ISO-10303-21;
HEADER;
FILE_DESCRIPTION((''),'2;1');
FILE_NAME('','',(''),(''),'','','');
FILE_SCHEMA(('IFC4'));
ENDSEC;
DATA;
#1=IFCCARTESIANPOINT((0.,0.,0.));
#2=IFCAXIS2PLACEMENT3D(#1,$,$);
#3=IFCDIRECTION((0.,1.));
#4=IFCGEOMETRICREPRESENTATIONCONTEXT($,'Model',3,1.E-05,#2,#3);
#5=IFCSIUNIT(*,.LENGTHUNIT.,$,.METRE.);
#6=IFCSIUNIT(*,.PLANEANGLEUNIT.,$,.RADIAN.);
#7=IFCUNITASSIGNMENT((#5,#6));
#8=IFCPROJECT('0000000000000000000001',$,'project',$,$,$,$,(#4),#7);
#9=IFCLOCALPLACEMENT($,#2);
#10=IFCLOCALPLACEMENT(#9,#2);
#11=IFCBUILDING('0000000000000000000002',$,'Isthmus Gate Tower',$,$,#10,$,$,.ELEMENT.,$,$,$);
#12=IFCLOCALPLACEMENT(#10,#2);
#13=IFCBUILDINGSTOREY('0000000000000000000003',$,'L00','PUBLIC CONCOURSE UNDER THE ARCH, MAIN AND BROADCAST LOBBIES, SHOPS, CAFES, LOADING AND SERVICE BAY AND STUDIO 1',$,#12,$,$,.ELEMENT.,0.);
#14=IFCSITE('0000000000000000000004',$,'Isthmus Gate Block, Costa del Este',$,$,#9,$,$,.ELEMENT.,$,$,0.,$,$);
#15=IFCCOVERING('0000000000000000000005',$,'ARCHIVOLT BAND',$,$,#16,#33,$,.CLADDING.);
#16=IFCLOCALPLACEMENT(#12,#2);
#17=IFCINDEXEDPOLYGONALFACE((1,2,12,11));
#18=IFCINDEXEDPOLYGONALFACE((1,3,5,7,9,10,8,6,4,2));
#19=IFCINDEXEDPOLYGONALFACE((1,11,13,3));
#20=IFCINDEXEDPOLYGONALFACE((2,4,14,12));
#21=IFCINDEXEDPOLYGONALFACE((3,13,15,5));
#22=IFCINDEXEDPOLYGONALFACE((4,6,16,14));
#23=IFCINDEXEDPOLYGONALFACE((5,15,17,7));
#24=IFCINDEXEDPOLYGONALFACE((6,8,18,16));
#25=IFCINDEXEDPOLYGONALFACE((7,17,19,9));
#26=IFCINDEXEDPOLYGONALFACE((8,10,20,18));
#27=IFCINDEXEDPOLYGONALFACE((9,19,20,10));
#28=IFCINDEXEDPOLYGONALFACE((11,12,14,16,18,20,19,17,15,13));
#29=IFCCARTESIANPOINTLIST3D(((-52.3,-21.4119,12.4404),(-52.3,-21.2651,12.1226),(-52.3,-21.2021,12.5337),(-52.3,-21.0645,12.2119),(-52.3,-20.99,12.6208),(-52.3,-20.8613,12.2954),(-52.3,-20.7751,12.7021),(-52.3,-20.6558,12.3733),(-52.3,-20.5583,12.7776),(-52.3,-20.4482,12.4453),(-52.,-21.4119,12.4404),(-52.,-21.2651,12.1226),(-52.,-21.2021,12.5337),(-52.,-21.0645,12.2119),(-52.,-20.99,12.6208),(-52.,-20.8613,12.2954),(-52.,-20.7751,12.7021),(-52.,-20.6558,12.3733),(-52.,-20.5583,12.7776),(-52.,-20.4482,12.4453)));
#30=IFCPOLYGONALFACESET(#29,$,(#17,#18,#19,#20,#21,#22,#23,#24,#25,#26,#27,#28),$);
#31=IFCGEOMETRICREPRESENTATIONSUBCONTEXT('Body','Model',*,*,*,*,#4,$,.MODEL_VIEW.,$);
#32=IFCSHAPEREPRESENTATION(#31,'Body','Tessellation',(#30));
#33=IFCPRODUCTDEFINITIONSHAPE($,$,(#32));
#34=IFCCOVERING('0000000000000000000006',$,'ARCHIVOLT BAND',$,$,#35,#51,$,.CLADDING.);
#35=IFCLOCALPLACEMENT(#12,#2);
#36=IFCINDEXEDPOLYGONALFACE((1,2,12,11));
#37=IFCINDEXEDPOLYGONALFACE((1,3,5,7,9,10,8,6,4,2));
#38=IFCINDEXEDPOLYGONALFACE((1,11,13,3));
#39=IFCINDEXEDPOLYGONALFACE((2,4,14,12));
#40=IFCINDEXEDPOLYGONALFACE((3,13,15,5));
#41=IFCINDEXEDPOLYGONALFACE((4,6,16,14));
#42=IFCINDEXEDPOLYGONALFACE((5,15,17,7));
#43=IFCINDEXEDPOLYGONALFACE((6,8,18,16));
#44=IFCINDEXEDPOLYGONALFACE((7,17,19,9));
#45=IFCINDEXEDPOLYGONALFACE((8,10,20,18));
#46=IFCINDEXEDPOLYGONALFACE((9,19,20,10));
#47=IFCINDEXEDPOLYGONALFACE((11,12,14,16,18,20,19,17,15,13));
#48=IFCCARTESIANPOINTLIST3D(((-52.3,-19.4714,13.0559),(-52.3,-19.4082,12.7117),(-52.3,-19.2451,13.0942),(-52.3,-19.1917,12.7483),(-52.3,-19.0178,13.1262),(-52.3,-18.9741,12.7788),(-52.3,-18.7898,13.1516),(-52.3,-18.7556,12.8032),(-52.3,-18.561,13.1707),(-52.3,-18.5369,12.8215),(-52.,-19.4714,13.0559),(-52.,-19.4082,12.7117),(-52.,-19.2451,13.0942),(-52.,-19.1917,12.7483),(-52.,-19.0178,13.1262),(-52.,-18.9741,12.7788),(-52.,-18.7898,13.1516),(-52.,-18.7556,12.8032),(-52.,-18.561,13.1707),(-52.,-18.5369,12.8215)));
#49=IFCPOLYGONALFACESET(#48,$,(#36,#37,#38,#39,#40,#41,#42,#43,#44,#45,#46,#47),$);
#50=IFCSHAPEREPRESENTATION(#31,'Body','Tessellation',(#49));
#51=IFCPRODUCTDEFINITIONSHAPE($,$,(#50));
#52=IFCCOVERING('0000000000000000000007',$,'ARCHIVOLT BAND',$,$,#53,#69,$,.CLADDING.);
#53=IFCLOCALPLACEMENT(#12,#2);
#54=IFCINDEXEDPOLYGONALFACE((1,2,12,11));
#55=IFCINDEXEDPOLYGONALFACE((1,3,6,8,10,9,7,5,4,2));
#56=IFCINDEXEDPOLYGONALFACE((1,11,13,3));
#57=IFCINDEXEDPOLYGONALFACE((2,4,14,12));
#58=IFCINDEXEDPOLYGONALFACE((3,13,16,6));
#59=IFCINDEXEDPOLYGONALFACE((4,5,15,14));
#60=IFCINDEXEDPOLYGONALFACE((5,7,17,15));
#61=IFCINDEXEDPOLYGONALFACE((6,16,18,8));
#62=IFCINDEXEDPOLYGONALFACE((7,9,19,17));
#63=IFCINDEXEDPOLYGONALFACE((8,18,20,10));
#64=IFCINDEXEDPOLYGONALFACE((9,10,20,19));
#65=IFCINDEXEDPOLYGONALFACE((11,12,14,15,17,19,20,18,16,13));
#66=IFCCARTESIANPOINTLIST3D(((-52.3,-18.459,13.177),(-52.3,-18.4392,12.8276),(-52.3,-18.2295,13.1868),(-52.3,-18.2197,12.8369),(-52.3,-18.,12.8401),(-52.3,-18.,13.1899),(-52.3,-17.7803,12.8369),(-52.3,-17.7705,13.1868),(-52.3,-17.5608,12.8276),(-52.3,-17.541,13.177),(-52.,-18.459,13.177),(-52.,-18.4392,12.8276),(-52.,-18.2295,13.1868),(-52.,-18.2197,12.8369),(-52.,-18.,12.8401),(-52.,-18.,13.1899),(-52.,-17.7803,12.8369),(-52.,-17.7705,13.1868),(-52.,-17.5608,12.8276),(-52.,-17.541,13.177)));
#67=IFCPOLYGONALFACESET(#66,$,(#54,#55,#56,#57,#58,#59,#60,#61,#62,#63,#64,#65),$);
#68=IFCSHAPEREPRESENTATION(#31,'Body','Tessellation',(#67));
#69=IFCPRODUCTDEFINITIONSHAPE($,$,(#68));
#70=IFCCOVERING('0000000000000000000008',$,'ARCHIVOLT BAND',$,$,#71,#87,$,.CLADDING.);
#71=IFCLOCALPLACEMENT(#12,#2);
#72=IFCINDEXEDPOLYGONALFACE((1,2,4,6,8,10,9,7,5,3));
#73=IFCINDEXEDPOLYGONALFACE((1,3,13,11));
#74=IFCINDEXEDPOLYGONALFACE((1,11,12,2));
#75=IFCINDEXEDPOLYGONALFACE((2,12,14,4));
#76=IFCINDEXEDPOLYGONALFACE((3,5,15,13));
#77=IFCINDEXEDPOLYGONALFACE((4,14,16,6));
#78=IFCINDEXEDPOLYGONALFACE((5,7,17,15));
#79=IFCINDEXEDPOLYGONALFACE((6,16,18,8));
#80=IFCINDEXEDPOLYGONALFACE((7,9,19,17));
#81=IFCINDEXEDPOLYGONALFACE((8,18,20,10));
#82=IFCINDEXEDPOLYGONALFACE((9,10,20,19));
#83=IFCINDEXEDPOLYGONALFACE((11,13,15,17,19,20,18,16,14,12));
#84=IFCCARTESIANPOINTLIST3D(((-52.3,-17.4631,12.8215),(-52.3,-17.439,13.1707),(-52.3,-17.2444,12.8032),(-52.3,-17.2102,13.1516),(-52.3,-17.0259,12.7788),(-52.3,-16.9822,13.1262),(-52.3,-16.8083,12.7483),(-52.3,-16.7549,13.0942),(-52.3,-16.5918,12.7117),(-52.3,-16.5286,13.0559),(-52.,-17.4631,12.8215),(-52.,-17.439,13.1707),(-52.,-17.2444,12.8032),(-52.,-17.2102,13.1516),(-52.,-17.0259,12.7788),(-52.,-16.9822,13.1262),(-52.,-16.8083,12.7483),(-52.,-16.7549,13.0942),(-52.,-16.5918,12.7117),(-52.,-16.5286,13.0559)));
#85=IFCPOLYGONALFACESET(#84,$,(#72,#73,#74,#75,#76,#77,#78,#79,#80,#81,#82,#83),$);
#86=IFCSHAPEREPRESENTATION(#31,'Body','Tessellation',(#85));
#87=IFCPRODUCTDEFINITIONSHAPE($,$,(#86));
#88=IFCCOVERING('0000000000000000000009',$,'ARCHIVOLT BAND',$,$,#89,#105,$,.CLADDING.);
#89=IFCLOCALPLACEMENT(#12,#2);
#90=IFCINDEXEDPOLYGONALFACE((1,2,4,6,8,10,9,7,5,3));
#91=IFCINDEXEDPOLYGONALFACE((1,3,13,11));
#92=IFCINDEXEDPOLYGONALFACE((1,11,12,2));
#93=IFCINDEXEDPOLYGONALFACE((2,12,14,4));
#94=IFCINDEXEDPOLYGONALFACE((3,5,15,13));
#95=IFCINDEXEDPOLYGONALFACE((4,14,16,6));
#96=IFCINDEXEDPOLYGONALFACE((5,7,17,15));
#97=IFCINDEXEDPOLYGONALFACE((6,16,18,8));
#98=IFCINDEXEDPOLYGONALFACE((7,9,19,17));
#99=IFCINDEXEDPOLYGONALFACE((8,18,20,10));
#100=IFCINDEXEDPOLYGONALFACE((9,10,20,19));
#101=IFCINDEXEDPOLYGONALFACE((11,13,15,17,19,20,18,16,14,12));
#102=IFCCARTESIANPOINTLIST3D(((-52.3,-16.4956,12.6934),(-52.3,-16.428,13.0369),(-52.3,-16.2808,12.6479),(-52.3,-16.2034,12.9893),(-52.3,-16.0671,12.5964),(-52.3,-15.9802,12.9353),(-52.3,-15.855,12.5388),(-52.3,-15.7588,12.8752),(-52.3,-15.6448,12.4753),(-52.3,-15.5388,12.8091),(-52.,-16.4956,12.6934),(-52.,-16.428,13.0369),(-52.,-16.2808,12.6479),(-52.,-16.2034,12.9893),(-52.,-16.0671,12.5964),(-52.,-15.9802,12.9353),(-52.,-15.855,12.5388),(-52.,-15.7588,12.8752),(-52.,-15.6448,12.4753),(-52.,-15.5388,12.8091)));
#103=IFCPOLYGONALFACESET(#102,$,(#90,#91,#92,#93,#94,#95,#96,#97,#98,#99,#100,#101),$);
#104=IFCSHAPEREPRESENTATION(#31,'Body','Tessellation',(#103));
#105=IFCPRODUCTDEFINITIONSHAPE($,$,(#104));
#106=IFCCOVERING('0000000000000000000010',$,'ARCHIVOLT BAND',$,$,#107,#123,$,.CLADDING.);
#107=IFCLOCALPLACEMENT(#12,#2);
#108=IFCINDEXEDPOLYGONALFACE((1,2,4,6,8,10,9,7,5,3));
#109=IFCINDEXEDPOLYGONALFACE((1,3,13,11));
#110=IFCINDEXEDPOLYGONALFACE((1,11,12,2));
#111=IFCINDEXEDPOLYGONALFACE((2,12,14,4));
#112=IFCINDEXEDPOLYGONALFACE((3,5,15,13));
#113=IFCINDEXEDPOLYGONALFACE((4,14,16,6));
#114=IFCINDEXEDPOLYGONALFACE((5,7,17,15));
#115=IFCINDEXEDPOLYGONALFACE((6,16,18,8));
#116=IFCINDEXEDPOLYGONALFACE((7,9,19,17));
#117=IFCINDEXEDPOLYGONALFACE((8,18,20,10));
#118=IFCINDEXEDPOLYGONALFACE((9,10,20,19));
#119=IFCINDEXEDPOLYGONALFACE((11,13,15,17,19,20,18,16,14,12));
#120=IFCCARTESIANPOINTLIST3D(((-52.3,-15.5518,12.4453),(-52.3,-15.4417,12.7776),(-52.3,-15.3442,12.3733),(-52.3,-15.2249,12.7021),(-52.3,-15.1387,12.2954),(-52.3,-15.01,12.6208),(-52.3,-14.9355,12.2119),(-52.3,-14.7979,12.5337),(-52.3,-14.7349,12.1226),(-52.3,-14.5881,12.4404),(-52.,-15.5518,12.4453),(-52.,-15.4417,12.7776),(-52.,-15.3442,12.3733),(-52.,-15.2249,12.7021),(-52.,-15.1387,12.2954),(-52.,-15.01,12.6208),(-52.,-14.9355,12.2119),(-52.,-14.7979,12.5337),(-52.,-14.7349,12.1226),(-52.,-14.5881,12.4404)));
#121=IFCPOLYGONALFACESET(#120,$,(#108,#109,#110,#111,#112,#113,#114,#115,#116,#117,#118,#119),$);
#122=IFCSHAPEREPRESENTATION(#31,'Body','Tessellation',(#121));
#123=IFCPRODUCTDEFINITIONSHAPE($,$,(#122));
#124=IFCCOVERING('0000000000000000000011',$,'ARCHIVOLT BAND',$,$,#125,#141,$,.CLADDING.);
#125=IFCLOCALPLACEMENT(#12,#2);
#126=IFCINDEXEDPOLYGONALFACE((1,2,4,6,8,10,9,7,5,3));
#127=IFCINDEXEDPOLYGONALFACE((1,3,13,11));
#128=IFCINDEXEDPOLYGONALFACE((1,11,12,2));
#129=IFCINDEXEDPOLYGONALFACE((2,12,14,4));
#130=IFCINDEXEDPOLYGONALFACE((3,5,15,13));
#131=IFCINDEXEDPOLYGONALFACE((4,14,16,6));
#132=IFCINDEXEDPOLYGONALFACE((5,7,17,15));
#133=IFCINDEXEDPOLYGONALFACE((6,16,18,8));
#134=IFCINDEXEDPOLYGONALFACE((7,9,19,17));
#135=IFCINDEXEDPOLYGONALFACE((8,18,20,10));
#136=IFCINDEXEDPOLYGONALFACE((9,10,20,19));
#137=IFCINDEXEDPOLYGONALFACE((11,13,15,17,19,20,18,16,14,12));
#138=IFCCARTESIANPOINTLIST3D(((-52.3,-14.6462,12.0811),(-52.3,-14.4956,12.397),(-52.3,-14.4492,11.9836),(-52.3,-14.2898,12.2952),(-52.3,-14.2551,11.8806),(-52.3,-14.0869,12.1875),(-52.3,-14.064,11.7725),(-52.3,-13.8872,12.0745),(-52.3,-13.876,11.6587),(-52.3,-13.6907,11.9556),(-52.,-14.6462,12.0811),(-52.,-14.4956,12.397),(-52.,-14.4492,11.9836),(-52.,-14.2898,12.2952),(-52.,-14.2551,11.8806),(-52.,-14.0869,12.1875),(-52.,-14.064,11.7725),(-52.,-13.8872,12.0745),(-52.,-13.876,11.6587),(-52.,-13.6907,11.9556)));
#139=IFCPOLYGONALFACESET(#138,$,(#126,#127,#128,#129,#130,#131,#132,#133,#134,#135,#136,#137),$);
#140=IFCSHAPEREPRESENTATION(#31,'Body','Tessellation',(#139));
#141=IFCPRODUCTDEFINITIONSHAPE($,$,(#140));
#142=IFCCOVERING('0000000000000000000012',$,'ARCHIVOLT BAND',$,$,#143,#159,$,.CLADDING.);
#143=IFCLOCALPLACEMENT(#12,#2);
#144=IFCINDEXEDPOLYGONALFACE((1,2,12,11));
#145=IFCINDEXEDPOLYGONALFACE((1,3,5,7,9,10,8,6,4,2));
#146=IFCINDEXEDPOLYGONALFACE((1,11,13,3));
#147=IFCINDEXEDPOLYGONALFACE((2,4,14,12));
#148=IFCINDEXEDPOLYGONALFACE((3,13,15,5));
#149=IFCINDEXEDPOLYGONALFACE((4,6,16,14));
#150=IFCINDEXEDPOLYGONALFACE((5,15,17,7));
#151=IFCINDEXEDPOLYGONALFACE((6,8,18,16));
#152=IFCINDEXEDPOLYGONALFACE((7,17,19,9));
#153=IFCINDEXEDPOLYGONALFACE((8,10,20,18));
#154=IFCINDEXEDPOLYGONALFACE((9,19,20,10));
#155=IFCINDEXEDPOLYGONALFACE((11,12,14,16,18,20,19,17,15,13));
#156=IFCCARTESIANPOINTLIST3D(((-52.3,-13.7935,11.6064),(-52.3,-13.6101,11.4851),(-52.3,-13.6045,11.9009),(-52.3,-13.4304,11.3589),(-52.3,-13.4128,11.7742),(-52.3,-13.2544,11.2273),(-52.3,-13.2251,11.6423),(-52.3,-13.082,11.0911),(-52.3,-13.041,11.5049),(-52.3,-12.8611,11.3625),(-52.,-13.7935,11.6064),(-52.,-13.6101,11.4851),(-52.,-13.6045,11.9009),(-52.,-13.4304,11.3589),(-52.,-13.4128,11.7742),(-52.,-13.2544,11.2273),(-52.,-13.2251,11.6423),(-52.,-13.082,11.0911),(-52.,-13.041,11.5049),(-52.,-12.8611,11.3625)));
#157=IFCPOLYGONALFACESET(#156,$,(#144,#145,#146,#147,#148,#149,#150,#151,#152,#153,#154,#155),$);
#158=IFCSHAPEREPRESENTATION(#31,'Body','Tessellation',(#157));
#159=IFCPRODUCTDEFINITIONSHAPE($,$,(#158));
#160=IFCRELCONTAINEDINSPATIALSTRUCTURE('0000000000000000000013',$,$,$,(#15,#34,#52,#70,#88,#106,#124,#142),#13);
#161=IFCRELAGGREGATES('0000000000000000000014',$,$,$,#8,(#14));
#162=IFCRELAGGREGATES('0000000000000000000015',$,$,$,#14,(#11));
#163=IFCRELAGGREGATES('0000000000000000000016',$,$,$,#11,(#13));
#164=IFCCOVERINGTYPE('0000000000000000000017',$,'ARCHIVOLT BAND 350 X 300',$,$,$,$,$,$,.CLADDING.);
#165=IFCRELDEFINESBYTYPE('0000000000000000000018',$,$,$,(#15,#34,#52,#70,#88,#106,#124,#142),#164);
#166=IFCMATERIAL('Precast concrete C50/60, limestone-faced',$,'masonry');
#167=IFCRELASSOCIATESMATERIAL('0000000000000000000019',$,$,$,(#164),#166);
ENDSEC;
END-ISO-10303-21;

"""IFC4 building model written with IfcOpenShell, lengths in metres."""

from ifc_helpers import new_model, si_unit, direction, frame, origin, place, context, subcontext, project, spatial, polyline, outline, extrude, material, type_object, element, save


model = new_model("IFC4")

# Units and contexts
model_context = context("Model", 3, precision=1e-05, world=origin(), true_north=direction((0.0, 1.0)))
body_context = subcontext(model_context, "Body", "Model", "MODEL_VIEW")
ifc_project = project(units=[si_unit("LENGTHUNIT", "METRE"), si_unit("PLANEANGLEUNIT", "RADIAN")], contexts=[model_context])

# Site, building, storey
site_placement = place(None, origin())
site = spatial("IfcSite", under=ifc_project, at=site_placement, Name="Isthmus Gate Block, Costa del Este", CompositionType="ELEMENT", RefElevation=0.0)
building_placement = place(site_placement, origin())
building = spatial("IfcBuilding", under=site, at=building_placement, Name="Isthmus Gate Tower", CompositionType="ELEMENT")
storey_placement = place(building_placement, origin())
storey = spatial("IfcBuildingStorey", under=building, at=storey_placement, Name="L00", Description="PUBLIC CONCOURSE UNDER THE ARCH, MAIN AND BROADCAST LOBBIES, SHOPS, CAFES, LOADING AND SERVICE BAY AND STUDIO 1", CompositionType="ELEMENT", Elevation=0.0)

# Coverings
ifc_material_1 = material(Name="Precast concrete C50/60, limestone-faced", Category="masonry")
covering_type_1 = type_object("IfcCoveringType", Name="ARCHIVOLT BAND 350 X 300", PredefinedType="CLADDING", material=ifc_material_1)
covering_1_placement = place(storey_placement, frame((-52.3, -21.4119, 12.4404), z_axis=(-1.0, 0.0, 0.0), x_axis=(0.0, 0.913724, 0.406336)))
element("IfcCovering", 1, at=covering_1_placement, inside=storey, type_object=covering_type_1, Name="ARCHIVOLT BAND", PredefinedType="CLADDING", context=body_context, shape_type="SweptSolid", body=[
    extrude(outline(polyline([(0.0, 0.0), (0.2295, 0.0), (0.4588, 0.0066), (0.6881, 0.0196), (0.9169, 0.0387), (0.8825, 0.3871), (0.6636, 0.3686), (0.4441, 0.3562), (0.2246, 0.35), (0.0049, 0.3501), (0.0, 0.0)])), origin(), (0.0, 0.0, -1.0), 0.3),
])
covering_2_placement = place(storey_placement, frame((-52.3, -19.4714, 13.0559), z_axis=(-1.0, 0.0, 0.0), x_axis=(0.0, 0.985959, 0.166986)))
element("IfcCovering", 2, at=covering_2_placement, inside=storey, type_object=covering_type_1, Name="ARCHIVOLT BAND", PredefinedType="CLADDING", context=body_context, shape_type="SweptSolid", body=[
    extrude(outline(polyline([(0.0, 0.0), (0.2295, 0.0), (0.459, 0.0064), (0.6881, 0.0195), (0.9168, 0.0389), (0.8823, 0.3871), (0.6636, 0.3687), (0.4441, 0.3563), (0.2245, 0.35), (0.0049, 0.35), (0.0, 0.0)])), origin(), (0.0, 0.0, -1.0), 0.3),
])
covering_3_placement = place(storey_placement, frame((-52.3, -18.459, 13.177), z_axis=(-1.0, 0.0, 0.0), x_axis=(0.0, 0.999096, 0.042515)))
element("IfcCovering", 3, at=covering_3_placement, inside=storey, type_object=covering_type_1, Name="ARCHIVOLT BAND", PredefinedType="CLADDING", context=body_context, shape_type="SweptSolid", body=[
    extrude(outline(polyline([(0.0, 0.0), (0.2297, 0.0), (0.4591, 0.0066), (0.6883, 0.0195), (0.9171, 0.039), (0.8825, 0.3872), (0.6636, 0.3686), (0.4442, 0.3561), (0.2246, 0.35), (0.0049, 0.3499), (0.0, 0.0)])), origin(), (0.0, 0.0, -1.0), 0.3),
])
covering_4_placement = place(storey_placement, frame((-52.3, -17.439, 13.1707), z_axis=(-1.0, 0.0, 0.0), x_axis=(0.0, 0.996553, -0.082957)))
element("IfcCovering", 4, at=covering_4_placement, inside=storey, type_object=covering_type_1, Name="ARCHIVOLT BAND", PredefinedType="CLADDING", context=body_context, shape_type="SweptSolid", body=[
    extrude(outline(polyline([(0.0, 0.0), (0.2296, 0.0), (0.4589, 0.0064), (0.6881, 0.0194), (0.9168, 0.0388), (0.8823, 0.3871), (0.6635, 0.3686), (0.4442, 0.3562), (0.2244, 0.35), (0.0049, 0.3499), (0.0, 0.0)])), origin(), (0.0, 0.0, -1.0), 0.3),
])
covering_5_placement = place(storey_placement, frame((-52.3, -16.428, 13.0369), z_axis=(-1.0, 0.0, 0.0), x_axis=(0.0, 0.978267, -0.20735)))
element("IfcCovering", 5, at=covering_5_placement, inside=storey, type_object=covering_type_1, Name="ARCHIVOLT BAND", PredefinedType="CLADDING", context=body_context, shape_type="SweptSolid", body=[
    extrude(outline(polyline([(0.0, 0.0), (0.2296, 0.0), (0.4591, 0.0065), (0.6882, 0.0194), (0.9171, 0.0385), (0.8826, 0.3869), (0.6638, 0.3684), (0.4443, 0.356), (0.2247, 0.3499), (0.0051, 0.3501), (0.0, 0.0)])), origin(), (0.0, 0.0, -1.0), 0.3),
])
covering_6_placement = place(storey_placement, frame((-52.3, -15.4417, 12.7776), z_axis=(-1.0, 0.0, 0.0), x_axis=(0.0, 0.944454, -0.328644)))
element("IfcCovering", 6, at=covering_6_placement, inside=storey, type_object=covering_type_1, Name="ARCHIVOLT BAND", PredefinedType="CLADDING", context=body_context, shape_type="SweptSolid", body=[
    extrude(outline(polyline([(0.0, 0.0), (0.2295, 0.0), (0.4592, 0.0062), (0.6882, 0.0188), (0.9169, 0.0379), (0.8828, 0.3864), (0.6639, 0.3679), (0.4446, 0.3558), (0.2249, 0.3498), (0.0052, 0.35), (0.0, 0.0)])), origin(), (0.0, 0.0, -1.0), 0.3),
])
covering_7_placement = place(storey_placement, frame((-52.3, -14.4956, 12.397), z_axis=(-1.0, 0.0, 0.0), x_axis=(0.0, 0.896333, -0.443382)))
element("IfcCovering", 7, at=covering_7_placement, inside=storey, type_object=covering_type_1, Name="ARCHIVOLT BAND", PredefinedType="CLADDING", context=body_context, shape_type="SweptSolid", body=[
    extrude(outline(polyline([(0.0, 0.0), (0.2296, 0.0), (0.4592, 0.0066), (0.6883, 0.0193), (0.9172, 0.0388), (0.8827, 0.387), (0.6638, 0.3684), (0.4445, 0.3562), (0.2248, 0.3499), (0.0051, 0.35), (0.0, 0.0)])), origin(), (0.0, 0.0, -1.0), 0.3),
])
covering_8_placement = place(storey_placement, frame((-52.3, -13.6045, 11.9009), z_axis=(-1.0, 0.0, 0.0), x_axis=(0.0, 0.834169, -0.551508)))
element("IfcCovering", 8, at=covering_8_placement, inside=storey, type_object=covering_type_1, Name="ARCHIVOLT BAND", PredefinedType="CLADDING", context=body_context, shape_type="SweptSolid", body=[
    extrude(outline(polyline([(0.0, 0.0), (0.2297, 0.0), (0.4591, 0.0064), (0.6884, 0.0196), (0.917, 0.0391), (0.8824, 0.3874), (0.6635, 0.3688), (0.4441, 0.3561), (0.2246, 0.3499), (0.0048, 0.3498), (0.0, 0.0)])), origin(), (0.0, 0.0, -1.0), 0.3),
])

save(model, "model.ifc")
